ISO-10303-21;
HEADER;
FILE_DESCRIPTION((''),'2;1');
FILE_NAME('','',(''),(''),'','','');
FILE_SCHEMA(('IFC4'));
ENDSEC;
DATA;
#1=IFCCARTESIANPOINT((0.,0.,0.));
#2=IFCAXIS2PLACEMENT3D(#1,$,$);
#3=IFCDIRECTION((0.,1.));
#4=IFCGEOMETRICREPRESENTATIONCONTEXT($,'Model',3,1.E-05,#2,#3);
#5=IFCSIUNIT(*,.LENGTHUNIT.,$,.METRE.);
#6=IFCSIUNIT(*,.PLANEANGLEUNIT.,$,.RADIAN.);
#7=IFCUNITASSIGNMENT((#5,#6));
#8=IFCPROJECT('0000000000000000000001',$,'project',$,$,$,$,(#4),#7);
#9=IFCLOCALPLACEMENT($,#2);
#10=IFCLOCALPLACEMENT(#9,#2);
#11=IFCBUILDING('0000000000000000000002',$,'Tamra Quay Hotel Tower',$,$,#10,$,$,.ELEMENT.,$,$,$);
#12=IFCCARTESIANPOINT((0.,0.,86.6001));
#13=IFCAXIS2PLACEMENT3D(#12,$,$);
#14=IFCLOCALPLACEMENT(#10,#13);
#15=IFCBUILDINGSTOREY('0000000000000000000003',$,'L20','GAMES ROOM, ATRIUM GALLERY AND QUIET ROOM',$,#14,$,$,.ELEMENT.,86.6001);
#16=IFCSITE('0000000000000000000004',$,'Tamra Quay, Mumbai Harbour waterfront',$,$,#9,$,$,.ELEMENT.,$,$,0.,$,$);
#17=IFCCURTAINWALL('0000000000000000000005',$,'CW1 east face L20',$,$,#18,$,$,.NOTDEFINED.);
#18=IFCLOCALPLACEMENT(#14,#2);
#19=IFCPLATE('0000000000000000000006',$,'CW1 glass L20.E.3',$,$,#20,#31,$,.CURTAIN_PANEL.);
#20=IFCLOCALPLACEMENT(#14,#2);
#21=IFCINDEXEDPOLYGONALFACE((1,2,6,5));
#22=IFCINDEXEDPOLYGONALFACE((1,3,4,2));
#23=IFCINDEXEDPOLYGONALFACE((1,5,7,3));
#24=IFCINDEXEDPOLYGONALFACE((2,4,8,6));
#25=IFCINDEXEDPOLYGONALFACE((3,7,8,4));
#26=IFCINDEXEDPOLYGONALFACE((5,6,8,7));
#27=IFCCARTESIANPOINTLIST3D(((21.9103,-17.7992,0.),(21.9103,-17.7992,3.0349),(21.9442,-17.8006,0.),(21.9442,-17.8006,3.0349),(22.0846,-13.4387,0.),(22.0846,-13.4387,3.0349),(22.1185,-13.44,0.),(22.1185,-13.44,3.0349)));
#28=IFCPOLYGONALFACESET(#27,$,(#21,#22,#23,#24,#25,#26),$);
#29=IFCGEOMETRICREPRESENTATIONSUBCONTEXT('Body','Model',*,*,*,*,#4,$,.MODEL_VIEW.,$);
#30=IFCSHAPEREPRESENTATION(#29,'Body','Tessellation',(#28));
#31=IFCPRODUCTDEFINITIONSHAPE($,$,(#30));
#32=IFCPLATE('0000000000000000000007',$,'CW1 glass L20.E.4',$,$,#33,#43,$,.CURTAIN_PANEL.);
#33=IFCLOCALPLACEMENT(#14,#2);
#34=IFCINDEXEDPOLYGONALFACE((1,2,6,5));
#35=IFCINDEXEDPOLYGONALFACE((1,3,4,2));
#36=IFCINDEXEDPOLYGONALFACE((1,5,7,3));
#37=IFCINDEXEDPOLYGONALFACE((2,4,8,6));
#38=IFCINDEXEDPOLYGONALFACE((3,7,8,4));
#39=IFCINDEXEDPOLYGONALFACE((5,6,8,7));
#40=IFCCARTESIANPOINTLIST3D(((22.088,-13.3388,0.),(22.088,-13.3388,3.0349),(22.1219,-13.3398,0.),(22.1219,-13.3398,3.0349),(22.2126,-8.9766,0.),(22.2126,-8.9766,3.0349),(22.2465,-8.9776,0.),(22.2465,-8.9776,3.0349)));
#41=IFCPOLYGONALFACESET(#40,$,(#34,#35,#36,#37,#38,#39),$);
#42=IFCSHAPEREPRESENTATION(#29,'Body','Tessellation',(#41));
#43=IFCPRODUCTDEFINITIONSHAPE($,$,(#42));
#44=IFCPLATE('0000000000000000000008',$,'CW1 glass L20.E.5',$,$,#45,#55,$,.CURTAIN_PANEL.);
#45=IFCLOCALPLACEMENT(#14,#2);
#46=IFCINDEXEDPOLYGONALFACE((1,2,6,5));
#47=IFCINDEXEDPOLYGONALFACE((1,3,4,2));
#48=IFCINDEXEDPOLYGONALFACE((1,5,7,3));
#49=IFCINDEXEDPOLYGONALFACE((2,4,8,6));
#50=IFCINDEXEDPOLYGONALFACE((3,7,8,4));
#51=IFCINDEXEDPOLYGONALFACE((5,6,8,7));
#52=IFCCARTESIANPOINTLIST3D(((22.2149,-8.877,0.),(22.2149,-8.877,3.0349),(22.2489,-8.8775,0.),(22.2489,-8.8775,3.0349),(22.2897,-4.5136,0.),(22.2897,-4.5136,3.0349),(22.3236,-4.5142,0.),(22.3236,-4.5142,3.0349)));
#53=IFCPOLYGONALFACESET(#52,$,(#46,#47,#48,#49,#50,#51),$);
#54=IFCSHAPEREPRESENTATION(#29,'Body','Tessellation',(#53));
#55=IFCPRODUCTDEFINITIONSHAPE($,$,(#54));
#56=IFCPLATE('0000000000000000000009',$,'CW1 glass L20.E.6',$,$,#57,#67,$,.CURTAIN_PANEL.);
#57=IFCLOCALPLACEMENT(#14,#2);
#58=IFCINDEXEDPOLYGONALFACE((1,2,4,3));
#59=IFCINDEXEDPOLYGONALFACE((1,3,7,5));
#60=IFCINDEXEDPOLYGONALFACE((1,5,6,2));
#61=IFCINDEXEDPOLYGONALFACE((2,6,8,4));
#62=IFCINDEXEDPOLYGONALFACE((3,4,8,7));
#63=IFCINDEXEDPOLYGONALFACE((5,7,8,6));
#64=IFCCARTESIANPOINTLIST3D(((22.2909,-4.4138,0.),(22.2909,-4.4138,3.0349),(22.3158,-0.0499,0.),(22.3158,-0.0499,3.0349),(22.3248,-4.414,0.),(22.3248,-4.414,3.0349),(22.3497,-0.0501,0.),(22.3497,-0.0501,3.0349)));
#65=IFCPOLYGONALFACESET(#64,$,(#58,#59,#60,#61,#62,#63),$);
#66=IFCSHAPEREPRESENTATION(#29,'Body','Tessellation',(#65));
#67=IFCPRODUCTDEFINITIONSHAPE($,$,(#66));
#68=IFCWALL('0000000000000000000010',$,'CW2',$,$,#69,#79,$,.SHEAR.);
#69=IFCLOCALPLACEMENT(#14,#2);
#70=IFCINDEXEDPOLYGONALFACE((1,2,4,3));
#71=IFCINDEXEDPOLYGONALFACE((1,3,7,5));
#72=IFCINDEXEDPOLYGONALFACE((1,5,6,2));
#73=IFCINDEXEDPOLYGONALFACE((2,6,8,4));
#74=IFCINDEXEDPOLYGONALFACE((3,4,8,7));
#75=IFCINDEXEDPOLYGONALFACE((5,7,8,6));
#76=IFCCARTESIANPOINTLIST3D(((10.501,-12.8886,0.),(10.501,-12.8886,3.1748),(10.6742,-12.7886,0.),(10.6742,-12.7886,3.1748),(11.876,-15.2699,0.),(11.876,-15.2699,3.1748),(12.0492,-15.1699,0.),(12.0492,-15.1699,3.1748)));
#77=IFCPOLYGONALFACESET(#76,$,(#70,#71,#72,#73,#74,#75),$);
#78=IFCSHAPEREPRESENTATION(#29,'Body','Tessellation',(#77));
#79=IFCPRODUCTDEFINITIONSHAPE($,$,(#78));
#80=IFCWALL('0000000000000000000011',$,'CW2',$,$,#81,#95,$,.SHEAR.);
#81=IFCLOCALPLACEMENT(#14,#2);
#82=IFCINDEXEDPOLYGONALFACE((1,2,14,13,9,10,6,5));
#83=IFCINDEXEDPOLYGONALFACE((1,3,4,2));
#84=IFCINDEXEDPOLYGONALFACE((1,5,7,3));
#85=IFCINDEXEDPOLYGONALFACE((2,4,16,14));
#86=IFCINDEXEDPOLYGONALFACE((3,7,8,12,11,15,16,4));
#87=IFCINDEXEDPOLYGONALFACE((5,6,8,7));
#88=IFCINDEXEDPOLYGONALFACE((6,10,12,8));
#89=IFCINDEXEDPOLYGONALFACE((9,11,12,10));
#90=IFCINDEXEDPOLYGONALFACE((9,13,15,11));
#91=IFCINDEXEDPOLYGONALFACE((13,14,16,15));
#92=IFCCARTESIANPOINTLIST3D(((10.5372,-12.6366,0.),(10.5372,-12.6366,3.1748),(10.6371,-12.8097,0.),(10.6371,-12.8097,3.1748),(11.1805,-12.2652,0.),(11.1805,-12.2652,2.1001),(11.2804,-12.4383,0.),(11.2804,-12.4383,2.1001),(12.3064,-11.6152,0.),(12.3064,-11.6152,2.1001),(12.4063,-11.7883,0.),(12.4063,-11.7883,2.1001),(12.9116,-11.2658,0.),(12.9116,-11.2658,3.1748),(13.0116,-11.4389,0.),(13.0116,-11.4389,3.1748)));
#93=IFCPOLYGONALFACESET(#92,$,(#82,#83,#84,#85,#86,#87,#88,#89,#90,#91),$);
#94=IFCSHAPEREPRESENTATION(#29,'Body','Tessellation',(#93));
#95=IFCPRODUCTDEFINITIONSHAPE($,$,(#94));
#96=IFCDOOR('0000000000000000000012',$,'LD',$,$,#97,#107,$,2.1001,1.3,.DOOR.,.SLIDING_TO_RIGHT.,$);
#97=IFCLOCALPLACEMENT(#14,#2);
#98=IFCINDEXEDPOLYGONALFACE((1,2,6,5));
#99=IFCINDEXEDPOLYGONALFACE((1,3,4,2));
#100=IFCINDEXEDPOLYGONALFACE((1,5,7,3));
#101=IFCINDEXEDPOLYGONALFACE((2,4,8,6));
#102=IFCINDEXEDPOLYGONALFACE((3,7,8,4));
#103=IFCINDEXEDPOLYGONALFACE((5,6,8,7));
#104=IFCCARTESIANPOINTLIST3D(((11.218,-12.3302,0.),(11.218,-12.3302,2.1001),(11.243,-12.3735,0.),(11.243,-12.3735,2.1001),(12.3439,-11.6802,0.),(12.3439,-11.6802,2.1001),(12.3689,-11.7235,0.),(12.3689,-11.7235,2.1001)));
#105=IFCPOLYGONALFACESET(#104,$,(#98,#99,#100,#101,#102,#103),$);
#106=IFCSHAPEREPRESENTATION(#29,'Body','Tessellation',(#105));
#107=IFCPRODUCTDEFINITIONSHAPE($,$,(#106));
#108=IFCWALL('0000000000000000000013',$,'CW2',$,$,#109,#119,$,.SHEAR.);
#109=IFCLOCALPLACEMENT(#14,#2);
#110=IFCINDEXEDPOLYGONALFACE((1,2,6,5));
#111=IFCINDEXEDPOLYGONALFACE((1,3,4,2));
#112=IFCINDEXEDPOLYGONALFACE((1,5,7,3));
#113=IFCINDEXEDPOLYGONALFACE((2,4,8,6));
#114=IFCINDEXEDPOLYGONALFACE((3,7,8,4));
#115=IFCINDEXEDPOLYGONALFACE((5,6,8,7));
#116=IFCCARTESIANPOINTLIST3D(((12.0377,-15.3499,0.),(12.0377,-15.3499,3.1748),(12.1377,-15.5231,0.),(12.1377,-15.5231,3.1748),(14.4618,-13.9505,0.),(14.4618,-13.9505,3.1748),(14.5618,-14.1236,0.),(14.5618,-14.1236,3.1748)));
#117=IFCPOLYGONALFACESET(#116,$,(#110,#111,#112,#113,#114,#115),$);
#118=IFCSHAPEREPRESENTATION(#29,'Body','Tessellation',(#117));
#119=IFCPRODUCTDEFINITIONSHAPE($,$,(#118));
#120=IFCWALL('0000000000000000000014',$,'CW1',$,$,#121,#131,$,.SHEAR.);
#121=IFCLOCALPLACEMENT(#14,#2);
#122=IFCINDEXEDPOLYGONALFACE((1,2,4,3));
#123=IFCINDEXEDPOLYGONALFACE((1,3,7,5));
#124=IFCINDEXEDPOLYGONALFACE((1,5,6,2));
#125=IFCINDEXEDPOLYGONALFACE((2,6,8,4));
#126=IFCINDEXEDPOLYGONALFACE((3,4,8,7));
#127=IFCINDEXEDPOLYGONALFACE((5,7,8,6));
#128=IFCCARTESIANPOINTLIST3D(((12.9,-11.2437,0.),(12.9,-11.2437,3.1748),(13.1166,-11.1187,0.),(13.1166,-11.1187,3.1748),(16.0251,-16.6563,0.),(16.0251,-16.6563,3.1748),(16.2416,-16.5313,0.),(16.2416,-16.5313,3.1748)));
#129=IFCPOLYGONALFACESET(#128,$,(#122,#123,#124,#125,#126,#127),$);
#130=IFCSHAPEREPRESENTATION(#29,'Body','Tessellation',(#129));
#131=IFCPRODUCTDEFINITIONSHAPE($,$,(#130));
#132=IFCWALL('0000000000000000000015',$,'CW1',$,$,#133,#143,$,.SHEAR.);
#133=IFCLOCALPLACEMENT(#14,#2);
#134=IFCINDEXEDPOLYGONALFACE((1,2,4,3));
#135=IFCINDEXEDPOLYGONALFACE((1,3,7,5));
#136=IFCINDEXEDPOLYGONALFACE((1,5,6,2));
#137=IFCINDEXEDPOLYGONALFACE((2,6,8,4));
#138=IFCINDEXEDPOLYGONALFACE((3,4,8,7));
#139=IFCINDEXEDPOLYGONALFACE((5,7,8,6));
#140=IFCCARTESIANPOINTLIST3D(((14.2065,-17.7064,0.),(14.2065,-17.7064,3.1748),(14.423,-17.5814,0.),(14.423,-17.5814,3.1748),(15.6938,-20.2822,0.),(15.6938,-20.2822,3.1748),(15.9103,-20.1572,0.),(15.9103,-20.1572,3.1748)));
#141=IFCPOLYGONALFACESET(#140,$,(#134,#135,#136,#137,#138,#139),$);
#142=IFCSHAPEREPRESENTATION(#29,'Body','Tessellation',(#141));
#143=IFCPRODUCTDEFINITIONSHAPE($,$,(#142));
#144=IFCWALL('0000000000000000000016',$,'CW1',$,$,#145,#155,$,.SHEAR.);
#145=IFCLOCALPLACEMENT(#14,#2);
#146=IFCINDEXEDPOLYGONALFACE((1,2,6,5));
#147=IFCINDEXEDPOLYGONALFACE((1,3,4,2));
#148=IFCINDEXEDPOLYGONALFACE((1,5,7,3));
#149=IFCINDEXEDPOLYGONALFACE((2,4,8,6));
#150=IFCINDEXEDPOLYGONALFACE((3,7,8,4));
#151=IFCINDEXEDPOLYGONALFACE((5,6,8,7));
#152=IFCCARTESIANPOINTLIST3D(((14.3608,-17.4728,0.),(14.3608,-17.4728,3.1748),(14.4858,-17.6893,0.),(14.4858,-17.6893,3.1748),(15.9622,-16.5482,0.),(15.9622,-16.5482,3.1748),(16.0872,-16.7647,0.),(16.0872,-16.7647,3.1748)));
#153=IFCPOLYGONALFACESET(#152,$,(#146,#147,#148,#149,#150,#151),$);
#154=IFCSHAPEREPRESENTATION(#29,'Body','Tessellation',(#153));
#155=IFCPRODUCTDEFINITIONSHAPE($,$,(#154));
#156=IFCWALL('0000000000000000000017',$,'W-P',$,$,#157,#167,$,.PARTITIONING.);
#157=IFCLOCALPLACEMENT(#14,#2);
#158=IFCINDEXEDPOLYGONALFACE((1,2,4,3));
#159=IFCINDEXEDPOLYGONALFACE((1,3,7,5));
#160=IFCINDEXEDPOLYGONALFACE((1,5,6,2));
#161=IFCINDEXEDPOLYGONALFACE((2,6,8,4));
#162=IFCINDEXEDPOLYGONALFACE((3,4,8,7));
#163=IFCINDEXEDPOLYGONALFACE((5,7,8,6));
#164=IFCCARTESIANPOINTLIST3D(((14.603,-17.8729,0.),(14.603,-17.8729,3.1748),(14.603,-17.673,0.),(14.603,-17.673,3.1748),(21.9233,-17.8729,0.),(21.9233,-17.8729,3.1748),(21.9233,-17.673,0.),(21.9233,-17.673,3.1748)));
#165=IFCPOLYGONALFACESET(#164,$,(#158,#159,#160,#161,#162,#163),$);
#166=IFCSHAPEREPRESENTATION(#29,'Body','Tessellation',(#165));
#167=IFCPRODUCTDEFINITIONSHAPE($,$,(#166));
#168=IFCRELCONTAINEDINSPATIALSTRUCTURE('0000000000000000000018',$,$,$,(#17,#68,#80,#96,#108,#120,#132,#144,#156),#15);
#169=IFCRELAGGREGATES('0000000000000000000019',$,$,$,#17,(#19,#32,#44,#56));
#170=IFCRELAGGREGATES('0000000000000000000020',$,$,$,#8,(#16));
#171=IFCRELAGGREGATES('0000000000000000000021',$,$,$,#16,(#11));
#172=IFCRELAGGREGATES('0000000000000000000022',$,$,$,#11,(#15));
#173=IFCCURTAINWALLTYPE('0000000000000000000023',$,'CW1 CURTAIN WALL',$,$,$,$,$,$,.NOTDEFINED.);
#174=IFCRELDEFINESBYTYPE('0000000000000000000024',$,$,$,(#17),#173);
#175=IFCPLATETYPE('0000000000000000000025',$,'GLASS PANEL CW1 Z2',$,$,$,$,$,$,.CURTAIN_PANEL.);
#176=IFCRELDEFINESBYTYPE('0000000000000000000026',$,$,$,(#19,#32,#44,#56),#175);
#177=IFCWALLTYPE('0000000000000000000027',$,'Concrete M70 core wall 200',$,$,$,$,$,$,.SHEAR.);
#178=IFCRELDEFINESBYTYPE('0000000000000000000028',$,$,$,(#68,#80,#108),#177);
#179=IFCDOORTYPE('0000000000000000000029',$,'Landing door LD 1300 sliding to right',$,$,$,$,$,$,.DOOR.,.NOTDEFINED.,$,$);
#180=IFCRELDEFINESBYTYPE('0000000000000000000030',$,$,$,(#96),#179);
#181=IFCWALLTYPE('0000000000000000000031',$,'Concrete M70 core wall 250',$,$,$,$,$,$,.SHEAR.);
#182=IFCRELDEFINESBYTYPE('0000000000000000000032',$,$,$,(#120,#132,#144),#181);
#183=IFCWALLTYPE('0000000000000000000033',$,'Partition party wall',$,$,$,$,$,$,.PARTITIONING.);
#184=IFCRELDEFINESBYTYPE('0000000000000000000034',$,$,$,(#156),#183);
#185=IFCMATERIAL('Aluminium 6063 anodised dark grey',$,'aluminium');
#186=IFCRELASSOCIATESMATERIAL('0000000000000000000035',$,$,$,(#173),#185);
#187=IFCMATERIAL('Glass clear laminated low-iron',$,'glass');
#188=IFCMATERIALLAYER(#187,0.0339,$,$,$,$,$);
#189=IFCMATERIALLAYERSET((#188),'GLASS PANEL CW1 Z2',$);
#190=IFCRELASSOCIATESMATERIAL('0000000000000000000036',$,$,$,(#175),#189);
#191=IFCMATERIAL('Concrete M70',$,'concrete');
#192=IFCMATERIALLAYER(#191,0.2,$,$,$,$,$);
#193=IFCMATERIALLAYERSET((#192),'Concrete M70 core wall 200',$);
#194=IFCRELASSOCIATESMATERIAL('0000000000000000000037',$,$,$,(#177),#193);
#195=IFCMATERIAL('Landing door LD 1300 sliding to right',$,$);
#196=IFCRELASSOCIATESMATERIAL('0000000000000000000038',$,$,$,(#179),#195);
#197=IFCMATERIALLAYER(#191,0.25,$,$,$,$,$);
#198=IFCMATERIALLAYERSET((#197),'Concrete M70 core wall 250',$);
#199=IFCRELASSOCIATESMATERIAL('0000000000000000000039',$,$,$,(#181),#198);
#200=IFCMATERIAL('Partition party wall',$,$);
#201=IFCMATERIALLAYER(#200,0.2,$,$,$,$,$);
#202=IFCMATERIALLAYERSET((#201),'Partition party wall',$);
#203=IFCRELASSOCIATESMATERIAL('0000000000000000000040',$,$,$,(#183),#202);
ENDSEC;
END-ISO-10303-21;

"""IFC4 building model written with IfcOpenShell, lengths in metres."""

from ifc_helpers import new_model, si_unit, direction, frame, frame_2d, origin, origin_2d, place, context, subcontext, project, spatial, rectangle, extrude, material, layer, layer_set, type_object, element, fill, aggregate, save


model = new_model("IFC4")

# Units and contexts
model_context = context("Model", 3, precision=1e-05, world=origin(), true_north=direction((0.0, 1.0)))
body_context = subcontext(model_context, "Body", "Model", "MODEL_VIEW")
ifc_project = project(units=[si_unit("LENGTHUNIT", "METRE"), si_unit("PLANEANGLEUNIT", "RADIAN")], contexts=[model_context])

# Site, building, storey
site_placement = place(None, origin())
site = spatial("IfcSite", under=ifc_project, at=site_placement, Name="Tamra Quay, Mumbai Harbour waterfront", CompositionType="ELEMENT", RefElevation=0.0)
building_placement = place(site_placement, origin())
building = spatial("IfcBuilding", under=site, at=building_placement, Name="Tamra Quay Hotel Tower", CompositionType="ELEMENT")
storey_placement = place(building_placement, frame((0.0, 0.0, 86.6001)))
storey = spatial("IfcBuildingStorey", under=building, at=storey_placement, Name="L20", Description="GAMES ROOM, ATRIUM GALLERY AND QUIET ROOM", CompositionType="ELEMENT", Elevation=86.6001)

# Shared definitions
ifc_material_1 = material(Name="Concrete M70", Category="concrete")

# Curtain wall
ifc_material_2 = material(Name="Aluminium 6063 anodised dark grey", Category="aluminium")
curtain_wall_type = type_object("IfcCurtainWallType", Name="CW1 CURTAIN WALL", PredefinedType="NOTDEFINED", material=ifc_material_2)
curtain_wall_placement = place(storey_placement, origin())
curtain_wall = element("IfcCurtainWall", 1, at=curtain_wall_placement, inside=storey, type_object=curtain_wall_type, Name="CW1 east face L20", PredefinedType="NOTDEFINED")

# Plates
ifc_material_3 = material(Name="Glass clear laminated low-iron", Category="glass")
ifc_layer_1 = layer(ifc_material_3, 0.0339)
ifc_layer_set_1 = layer_set([ifc_layer_1], Name="GLASS PANEL CW1 Z2")
plate_type = type_object("IfcPlateType", Name="GLASS PANEL CW1 Z2", PredefinedType="CURTAIN_PANEL", material=ifc_layer_set_1)
plate_1_placement = place(storey_placement, frame((22.0144, -15.6196, 0.0), z_axis=(0.0, 0.0, 1.0), x_axis=(0.039944, 0.999202, 0.0)))
plate_1 = element("IfcPlate", 2, at=plate_1_placement, type_object=plate_type, Name="CW1 glass L20.E.3", PredefinedType="CURTAIN_PANEL", context=body_context, shape_type="SweptSolid", body=[
    extrude(rectangle(XDim=4.364, YDim=0.0339, at=origin_2d()), origin(), (0.0, 0.0, 1.0), 3.0349),
])
plate_2_placement = place(storey_placement, frame((22.1672, -11.1582, 0.0), z_axis=(0.0, 0.0, 1.0), x_axis=(0.028546, 0.999592, 0.0)))
plate_2 = element("IfcPlate", 3, at=plate_2_placement, type_object=plate_type, Name="CW1 glass L20.E.4", PredefinedType="CURTAIN_PANEL", context=body_context, shape_type="SweptSolid", body=[
    extrude(rectangle(XDim=4.364, YDim=0.0339, at=origin_2d()), origin(), (0.0, 0.0, 1.0), 3.0349),
])
plate_3_placement = place(storey_placement, frame((22.2693, -6.6956, 0.0), z_axis=(0.0, 0.0, 1.0), x_axis=(0.017134, 0.999853, 0.0)))
plate_3 = element("IfcPlate", 4, at=plate_3_placement, type_object=plate_type, Name="CW1 glass L20.E.5", PredefinedType="CURTAIN_PANEL", context=body_context, shape_type="SweptSolid", body=[
    extrude(rectangle(XDim=4.364, YDim=0.0339, at=origin_2d()), origin(), (0.0, 0.0, 1.0), 3.0349),
])
plate_4_placement = place(storey_placement, frame((22.3203, -2.2319, 0.0), z_axis=(0.0, 0.0, 1.0), x_axis=(0.005713, 0.999984, 0.0)))
plate_4 = element("IfcPlate", 5, at=plate_4_placement, type_object=plate_type, Name="CW1 glass L20.E.6", PredefinedType="CURTAIN_PANEL", context=body_context, shape_type="SweptSolid", body=[
    extrude(rectangle(XDim=4.364, YDim=0.0339, at=origin_2d()), origin(), (0.0, 0.0, 1.0), 3.0349),
])
aggregate(curtain_wall, [plate_1, plate_2, plate_3, plate_4])

# Wall
ifc_layer_2 = layer(ifc_material_1, 0.2)
ifc_layer_set_2 = layer_set([ifc_layer_2], Name="Concrete M70 core wall 200")
wall_type_1 = type_object("IfcWallType", Name="Concrete M70 core wall 200", PredefinedType="SHEAR", material=ifc_layer_set_2)
wall_1_placement = place(storey_placement, frame((11.9626, -15.22, 0.0), z_axis=(0.0, 0.0, 1.0), x_axis=(-0.500035, 0.866005, 0.0)))
element("IfcWall", 6, at=wall_1_placement, inside=storey, type_object=wall_type_1, Name="CW2", PredefinedType="SHEAR", context=body_context, shape_type="SweptSolid", body=[
    extrude(rectangle(XDim=2.7498, YDim=0.2, at=frame_2d((1.375, 0.0))), origin(), (0.0, 0.0, 1.0), 3.1748),
])

# Wall, opening, door
wall_2_placement = place(storey_placement, frame((10.5872, -12.7231, 0.0), z_axis=(0.0, 0.0, 1.0), x_axis=(0.866037, 0.499979, 0.0)))
wall_2 = element("IfcWall", 7, at=wall_2_placement, inside=storey, type_object=wall_type_1, Name="CW2", PredefinedType="SHEAR", context=body_context, shape_type="SweptSolid", body=[
    extrude(rectangle(XDim=2.7417, YDim=0.2, at=frame_2d((1.3708, 0.0))), origin(), (0.0, 0.0, 1.0), 3.1748),
])
opening_placement = place(wall_2_placement, frame((0.7429, 0.0, 0.0)))
opening = element("IfcOpeningElement", 8, at=opening_placement, cuts=wall_2, PredefinedType="OPENING", context=body_context, shape_type="SweptSolid", body=[
    extrude(rectangle(XDim=1.3, YDim=2.1001, at=frame_2d((0.6499, 1.05))), frame((0.0, 0.1099, 0.0), z_axis=(0.0, -1.0, 0.0), x_axis=(1.0, 0.0, 0.0)), (0.0, 0.0, 1.0), 0.22),
])
ifc_material_4 = material(Name="Landing door LD 1300 sliding to right")
door_type = type_object("IfcDoorType", Name="Landing door LD 1300 sliding to right", OperationType="NOTDEFINED", PredefinedType="DOOR", material=ifc_material_4)
door_placement = place(opening_placement, origin())
door = element("IfcDoor", 9, at=door_placement, inside=storey, type_object=door_type, Name="LD", OperationType="SLIDING_TO_RIGHT", OverallHeight=2.1001, OverallWidth=1.3, PredefinedType="DOOR", context=body_context, shape_type="SweptSolid", body=[
    extrude(rectangle(XDim=1.3, YDim=2.1001, at=frame_2d((0.6499, 1.05))), frame((0.0, 0.0249, 0.0), z_axis=(0.0, -1.0, 0.0), x_axis=(1.0, 0.0, 0.0)), (0.0, 0.0, 1.0), 0.05),
])
fill(opening, door)

# Walls
wall_3_placement = place(storey_placement, frame((14.5117, -14.0371, 0.0), z_axis=(0.0, 0.0, 1.0), x_axis=(-0.866045, -0.499967, 0.0)))
element("IfcWall", 10, at=wall_3_placement, inside=storey, type_object=wall_type_1, Name="CW2", PredefinedType="SHEAR", context=body_context, shape_type="SweptSolid", body=[
    extrude(rectangle(XDim=2.7991, YDim=0.2, at=frame_2d((1.3994, 0.0))), origin(), (0.0, 0.0, 1.0), 3.1748),
])
ifc_layer_3 = layer(ifc_material_1, 0.25)
ifc_layer_set_3 = layer_set([ifc_layer_3], Name="Concrete M70 core wall 250")
wall_type_2 = type_object("IfcWallType", Name="Concrete M70 core wall 250", PredefinedType="SHEAR", material=ifc_layer_set_3)
wall_4_placement = place(storey_placement, frame((13.0083, -11.1812, 0.0), z_axis=(0.0, 0.0, 1.0), x_axis=(0.500004, -0.866023, 0.0)))
element("IfcWall", 11, at=wall_4_placement, inside=storey, type_object=wall_type_2, Name="CW1", PredefinedType="SHEAR", context=body_context, shape_type="SweptSolid", body=[
    extrude(rectangle(XDim=6.25, YDim=0.25, at=frame_2d((3.125, 0.0))), origin(), (0.0, 0.0, 1.0), 3.1748),
])
wall_5_placement = place(storey_placement, frame((14.3147, -17.6438, 0.0), z_axis=(0.0, 0.0, 1.0), x_axis=(0.500023, -0.866012, 0.0)))
element("IfcWall", 12, at=wall_5_placement, inside=storey, type_object=wall_type_2, Name="CW1", PredefinedType="SHEAR", context=body_context, shape_type="SweptSolid", body=[
    extrude(rectangle(XDim=2.9744, YDim=0.25, at=frame_2d((1.4873, 0.0))), origin(), (0.0, 0.0, 1.0), 3.1748),
])
wall_6_placement = place(storey_placement, frame((16.0247, -16.6565, 0.0), z_axis=(0.0, 0.0, 1.0), x_axis=(-0.866016, -0.500016, 0.0)))
element("IfcWall", 13, at=wall_6_placement, inside=storey, type_object=wall_type_2, Name="CW1", PredefinedType="SHEAR", context=body_context, shape_type="SweptSolid", body=[
    extrude(rectangle(XDim=1.8491, YDim=0.25, at=frame_2d((0.9246, 0.0))), origin(), (0.0, 0.0, 1.0), 3.1748),
])
ifc_material_5 = material(Name="Partition party wall")
ifc_layer_4 = layer(ifc_material_5, 0.2)
ifc_layer_set_4 = layer_set([ifc_layer_4], Name="Partition party wall")
wall_type_3 = type_object("IfcWallType", Name="Partition party wall", PredefinedType="PARTITIONING", material=ifc_layer_set_4)
wall_7_placement = place(storey_placement, frame((14.603, -17.7729, 0.0), z_axis=(0.0, 0.0, 1.0), x_axis=(1.0, 0.0, 0.0)))
element("IfcWall", 14, at=wall_7_placement, inside=storey, type_object=wall_type_3, Name="W-P", PredefinedType="PARTITIONING", context=body_context, shape_type="SweptSolid", body=[
    extrude(rectangle(XDim=7.3203, YDim=0.2, at=frame_2d((3.6602, 0.0))), origin(), (0.0, 0.0, 1.0), 3.1748),
])

save(model, "model.ifc")
